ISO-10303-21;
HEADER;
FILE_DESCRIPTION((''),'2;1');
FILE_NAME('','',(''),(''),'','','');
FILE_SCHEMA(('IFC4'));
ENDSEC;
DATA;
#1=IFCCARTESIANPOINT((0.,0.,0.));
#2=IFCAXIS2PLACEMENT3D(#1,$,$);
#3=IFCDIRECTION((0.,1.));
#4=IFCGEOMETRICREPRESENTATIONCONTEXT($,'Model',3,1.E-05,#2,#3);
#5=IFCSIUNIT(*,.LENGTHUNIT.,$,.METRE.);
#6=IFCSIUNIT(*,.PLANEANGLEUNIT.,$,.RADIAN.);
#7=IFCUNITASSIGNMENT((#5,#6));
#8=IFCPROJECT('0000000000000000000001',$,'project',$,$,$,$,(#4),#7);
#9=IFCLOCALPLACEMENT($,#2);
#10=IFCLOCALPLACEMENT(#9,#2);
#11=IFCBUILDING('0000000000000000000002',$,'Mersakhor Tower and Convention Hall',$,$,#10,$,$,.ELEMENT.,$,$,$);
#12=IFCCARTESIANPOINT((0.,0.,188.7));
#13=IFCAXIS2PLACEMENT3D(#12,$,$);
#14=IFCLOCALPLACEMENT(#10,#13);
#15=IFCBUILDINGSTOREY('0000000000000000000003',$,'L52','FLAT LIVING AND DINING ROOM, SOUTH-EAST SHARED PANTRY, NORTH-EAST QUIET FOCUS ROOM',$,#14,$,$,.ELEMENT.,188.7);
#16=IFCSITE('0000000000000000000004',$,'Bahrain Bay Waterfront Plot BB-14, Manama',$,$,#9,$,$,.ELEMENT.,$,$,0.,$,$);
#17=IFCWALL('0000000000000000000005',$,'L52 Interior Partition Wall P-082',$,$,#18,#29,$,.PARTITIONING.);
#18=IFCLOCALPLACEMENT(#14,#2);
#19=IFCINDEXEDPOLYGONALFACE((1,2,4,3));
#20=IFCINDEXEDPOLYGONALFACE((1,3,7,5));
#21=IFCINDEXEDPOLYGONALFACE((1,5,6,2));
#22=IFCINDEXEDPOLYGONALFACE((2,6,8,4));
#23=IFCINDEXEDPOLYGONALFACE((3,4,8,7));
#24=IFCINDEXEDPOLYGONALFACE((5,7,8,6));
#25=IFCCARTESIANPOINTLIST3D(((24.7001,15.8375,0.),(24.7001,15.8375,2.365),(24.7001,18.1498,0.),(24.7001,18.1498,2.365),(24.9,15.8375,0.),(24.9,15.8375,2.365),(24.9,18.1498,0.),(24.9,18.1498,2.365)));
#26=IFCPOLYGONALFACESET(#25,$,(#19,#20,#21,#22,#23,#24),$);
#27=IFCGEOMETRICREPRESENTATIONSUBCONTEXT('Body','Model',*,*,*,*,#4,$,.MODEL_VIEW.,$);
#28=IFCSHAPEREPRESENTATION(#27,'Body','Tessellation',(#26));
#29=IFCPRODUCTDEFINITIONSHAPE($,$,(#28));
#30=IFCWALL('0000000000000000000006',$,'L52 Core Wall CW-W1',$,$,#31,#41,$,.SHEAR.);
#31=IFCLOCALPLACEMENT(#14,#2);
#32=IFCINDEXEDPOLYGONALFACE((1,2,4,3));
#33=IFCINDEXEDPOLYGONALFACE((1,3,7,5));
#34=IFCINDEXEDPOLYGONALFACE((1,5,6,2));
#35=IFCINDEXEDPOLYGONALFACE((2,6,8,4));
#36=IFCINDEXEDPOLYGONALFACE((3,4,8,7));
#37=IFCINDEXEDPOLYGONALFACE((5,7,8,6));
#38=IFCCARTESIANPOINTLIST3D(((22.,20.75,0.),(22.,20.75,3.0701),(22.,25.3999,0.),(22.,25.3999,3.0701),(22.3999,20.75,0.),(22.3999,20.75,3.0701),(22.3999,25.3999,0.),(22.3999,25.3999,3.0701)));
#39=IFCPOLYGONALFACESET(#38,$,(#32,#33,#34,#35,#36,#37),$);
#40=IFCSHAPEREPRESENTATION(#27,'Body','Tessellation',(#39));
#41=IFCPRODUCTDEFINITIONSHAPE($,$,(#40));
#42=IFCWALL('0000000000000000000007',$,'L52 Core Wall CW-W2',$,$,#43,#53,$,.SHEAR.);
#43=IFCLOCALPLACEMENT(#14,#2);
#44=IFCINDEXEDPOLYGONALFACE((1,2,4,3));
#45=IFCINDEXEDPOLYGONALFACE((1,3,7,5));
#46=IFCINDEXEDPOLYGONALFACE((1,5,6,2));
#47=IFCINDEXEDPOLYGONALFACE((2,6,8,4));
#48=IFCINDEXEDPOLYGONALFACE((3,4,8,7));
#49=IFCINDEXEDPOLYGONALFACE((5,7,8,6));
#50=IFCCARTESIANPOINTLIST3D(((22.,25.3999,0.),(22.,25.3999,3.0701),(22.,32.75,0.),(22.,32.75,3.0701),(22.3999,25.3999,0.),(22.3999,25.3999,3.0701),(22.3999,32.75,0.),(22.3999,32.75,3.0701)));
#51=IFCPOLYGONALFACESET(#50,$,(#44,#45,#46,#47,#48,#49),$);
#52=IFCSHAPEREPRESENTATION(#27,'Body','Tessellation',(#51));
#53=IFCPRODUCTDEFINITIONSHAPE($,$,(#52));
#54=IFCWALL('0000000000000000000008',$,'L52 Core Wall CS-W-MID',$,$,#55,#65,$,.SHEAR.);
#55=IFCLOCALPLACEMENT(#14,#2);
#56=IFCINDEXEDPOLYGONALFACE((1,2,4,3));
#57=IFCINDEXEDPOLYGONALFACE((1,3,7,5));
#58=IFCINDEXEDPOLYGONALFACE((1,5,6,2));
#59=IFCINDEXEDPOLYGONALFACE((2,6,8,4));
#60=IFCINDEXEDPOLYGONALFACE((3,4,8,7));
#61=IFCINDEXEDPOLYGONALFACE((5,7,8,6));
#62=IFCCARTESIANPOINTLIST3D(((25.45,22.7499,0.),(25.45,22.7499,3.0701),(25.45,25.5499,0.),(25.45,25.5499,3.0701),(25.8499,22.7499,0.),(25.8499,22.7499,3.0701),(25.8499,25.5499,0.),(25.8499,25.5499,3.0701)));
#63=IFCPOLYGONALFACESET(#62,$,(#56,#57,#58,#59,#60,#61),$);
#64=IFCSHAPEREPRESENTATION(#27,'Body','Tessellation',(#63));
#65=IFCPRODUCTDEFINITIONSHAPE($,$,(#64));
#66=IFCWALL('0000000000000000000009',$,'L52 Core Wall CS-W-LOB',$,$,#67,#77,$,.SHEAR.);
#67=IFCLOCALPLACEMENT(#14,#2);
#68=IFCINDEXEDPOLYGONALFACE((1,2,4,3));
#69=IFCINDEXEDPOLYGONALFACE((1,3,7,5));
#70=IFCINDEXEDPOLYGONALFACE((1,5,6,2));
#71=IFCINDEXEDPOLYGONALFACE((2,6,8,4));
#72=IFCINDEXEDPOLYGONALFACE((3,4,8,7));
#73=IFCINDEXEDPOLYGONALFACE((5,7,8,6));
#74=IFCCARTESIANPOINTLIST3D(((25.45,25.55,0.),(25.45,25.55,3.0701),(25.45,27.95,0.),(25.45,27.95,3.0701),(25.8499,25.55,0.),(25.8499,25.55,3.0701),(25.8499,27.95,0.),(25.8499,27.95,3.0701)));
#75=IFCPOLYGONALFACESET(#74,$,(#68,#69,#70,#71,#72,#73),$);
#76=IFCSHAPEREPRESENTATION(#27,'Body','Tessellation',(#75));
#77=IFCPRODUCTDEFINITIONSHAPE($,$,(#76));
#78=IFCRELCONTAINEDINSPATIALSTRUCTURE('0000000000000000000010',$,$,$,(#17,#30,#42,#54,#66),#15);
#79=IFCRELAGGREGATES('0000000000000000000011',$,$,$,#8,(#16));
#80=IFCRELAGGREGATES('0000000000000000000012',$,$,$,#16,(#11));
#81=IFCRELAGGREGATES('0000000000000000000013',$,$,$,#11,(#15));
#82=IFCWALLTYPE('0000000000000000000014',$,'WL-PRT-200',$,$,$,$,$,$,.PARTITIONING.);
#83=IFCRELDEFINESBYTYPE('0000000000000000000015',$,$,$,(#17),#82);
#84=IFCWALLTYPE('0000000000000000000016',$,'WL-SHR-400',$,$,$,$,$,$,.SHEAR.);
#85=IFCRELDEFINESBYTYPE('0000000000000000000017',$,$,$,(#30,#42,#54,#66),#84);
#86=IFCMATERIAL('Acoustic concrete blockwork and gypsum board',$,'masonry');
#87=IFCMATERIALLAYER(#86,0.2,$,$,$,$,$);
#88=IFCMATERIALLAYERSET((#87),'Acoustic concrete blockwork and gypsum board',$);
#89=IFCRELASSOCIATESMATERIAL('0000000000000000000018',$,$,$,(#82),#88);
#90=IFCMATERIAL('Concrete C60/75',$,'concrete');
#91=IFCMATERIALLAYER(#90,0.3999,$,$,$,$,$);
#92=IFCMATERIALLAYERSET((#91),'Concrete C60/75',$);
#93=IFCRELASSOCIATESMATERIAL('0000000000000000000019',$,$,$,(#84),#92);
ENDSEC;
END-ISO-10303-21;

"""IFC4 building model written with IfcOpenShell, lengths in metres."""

from ifc_helpers import new_model, si_unit, direction, frame, frame_2d, origin, place, context, subcontext, project, spatial, rectangle, extrude, material, layer, layer_set, type_object, element, save


model = new_model("IFC4")

# Units and contexts
model_context = context("Model", 3, precision=1e-05, world=origin(), true_north=direction((0.0, 1.0)))
body_context = subcontext(model_context, "Body", "Model", "MODEL_VIEW")
ifc_project = project(units=[si_unit("LENGTHUNIT", "METRE"), si_unit("PLANEANGLEUNIT", "RADIAN")], contexts=[model_context])

# Site, building, storey
site_placement = place(None, origin())
site = spatial("IfcSite", under=ifc_project, at=site_placement, Name="Bahrain Bay Waterfront Plot BB-14, Manama", CompositionType="ELEMENT", RefElevation=0.0)
building_placement = place(site_placement, origin())
building = spatial("IfcBuilding", under=site, at=building_placement, Name="Mersakhor Tower and Convention Hall", CompositionType="ELEMENT")
storey_placement = place(building_placement, frame((0.0, 0.0, 188.7)))
storey = spatial("IfcBuildingStorey", under=building, at=storey_placement, Name="L52", Description="FLAT LIVING AND DINING ROOM, SOUTH-EAST SHARED PANTRY, NORTH-EAST QUIET FOCUS ROOM", CompositionType="ELEMENT", Elevation=188.7)

# Shared definitions
ifc_material_1 = material(Name="Acoustic concrete blockwork and gypsum board", Category="masonry")
ifc_layer_1 = layer(ifc_material_1, 0.2)
ifc_layer_set_1 = layer_set([ifc_layer_1], Name="Acoustic concrete blockwork and gypsum board")
wall_type_1 = type_object("IfcWallType", Name="WL-PRT-200", PredefinedType="PARTITIONING", material=ifc_layer_set_1)

# Wall
wall_1_placement = place(storey_placement, frame((24.8, 18.1499, 0.0), z_axis=(0.0, 0.0, 1.0), x_axis=(0.0, -1.0, 0.0)))
element("IfcWall", 1, at=wall_1_placement, inside=storey, type_object=wall_type_1, Name="L52 Interior Partition Wall P-082", PredefinedType="PARTITIONING", context=body_context, shape_type="SweptSolid", body=[
    extrude(rectangle(XDim=2.3123, YDim=0.2, at=frame_2d((1.1562, 0.0))), origin(), (0.0, 0.0, 1.0), 2.365),
])

# Walls
ifc_material_2 = material(Name="Concrete C60/75", Category="concrete")
ifc_layer_2 = layer(ifc_material_2, 0.3999)
ifc_layer_set_2 = layer_set([ifc_layer_2], Name="Concrete C60/75")
wall_type_2 = type_object("IfcWallType", Name="WL-SHR-400", PredefinedType="SHEAR", material=ifc_layer_set_2)
wall_2_placement = place(storey_placement, frame((22.2, 20.75, 0.0), z_axis=(0.0, 0.0, 1.0), x_axis=(0.0, 1.0, 0.0)))
element("IfcWall", 2, at=wall_2_placement, inside=storey, type_object=wall_type_2, Name="L52 Core Wall CW-W1", PredefinedType="SHEAR", context=body_context, shape_type="SweptSolid", body=[
    extrude(rectangle(XDim=4.6499, YDim=0.3999, at=frame_2d((2.325, 0.0))), origin(), (0.0, 0.0, 1.0), 3.0701),
])
wall_3_placement = place(storey_placement, frame((22.2, 25.3999, 0.0), z_axis=(0.0, 0.0, 1.0), x_axis=(0.0, 1.0, 0.0)))
element("IfcWall", 3, at=wall_3_placement, inside=storey, type_object=wall_type_2, Name="L52 Core Wall CW-W2", PredefinedType="SHEAR", context=body_context, shape_type="SweptSolid", body=[
    extrude(rectangle(XDim=7.3501, YDim=0.3999, at=frame_2d((3.675, 0.0))), origin(), (0.0, 0.0, 1.0), 3.0701),
])

# Walls
wall_4_placement = place(storey_placement, frame((25.6499, 22.75, 0.0), z_axis=(0.0, 0.0, 1.0), x_axis=(0.0, 1.0, 0.0)))
element("IfcWall", 4, at=wall_4_placement, inside=storey, type_object=wall_type_2, Name="L52 Core Wall CS-W-MID", PredefinedType="SHEAR", context=body_context, shape_type="SweptSolid", body=[
    extrude(rectangle(XDim=2.8, YDim=0.3999, at=frame_2d((1.3999, 0.0))), origin(), (0.0, 0.0, 1.0), 3.0701),
])
wall_5_placement = place(storey_placement, frame((25.6499, 25.55, 0.0), z_axis=(0.0, 0.0, 1.0), x_axis=(0.0, 1.0, 0.0)))
element("IfcWall", 5, at=wall_5_placement, inside=storey, type_object=wall_type_2, Name="L52 Core Wall CS-W-LOB", PredefinedType="SHEAR", context=body_context, shape_type="SweptSolid", body=[
    extrude(rectangle(XDim=2.3999, YDim=0.3999, at=frame_2d((1.2, 0.0))), origin(), (0.0, 0.0, 1.0), 3.0701),
])

save(model, "model.ifc")
